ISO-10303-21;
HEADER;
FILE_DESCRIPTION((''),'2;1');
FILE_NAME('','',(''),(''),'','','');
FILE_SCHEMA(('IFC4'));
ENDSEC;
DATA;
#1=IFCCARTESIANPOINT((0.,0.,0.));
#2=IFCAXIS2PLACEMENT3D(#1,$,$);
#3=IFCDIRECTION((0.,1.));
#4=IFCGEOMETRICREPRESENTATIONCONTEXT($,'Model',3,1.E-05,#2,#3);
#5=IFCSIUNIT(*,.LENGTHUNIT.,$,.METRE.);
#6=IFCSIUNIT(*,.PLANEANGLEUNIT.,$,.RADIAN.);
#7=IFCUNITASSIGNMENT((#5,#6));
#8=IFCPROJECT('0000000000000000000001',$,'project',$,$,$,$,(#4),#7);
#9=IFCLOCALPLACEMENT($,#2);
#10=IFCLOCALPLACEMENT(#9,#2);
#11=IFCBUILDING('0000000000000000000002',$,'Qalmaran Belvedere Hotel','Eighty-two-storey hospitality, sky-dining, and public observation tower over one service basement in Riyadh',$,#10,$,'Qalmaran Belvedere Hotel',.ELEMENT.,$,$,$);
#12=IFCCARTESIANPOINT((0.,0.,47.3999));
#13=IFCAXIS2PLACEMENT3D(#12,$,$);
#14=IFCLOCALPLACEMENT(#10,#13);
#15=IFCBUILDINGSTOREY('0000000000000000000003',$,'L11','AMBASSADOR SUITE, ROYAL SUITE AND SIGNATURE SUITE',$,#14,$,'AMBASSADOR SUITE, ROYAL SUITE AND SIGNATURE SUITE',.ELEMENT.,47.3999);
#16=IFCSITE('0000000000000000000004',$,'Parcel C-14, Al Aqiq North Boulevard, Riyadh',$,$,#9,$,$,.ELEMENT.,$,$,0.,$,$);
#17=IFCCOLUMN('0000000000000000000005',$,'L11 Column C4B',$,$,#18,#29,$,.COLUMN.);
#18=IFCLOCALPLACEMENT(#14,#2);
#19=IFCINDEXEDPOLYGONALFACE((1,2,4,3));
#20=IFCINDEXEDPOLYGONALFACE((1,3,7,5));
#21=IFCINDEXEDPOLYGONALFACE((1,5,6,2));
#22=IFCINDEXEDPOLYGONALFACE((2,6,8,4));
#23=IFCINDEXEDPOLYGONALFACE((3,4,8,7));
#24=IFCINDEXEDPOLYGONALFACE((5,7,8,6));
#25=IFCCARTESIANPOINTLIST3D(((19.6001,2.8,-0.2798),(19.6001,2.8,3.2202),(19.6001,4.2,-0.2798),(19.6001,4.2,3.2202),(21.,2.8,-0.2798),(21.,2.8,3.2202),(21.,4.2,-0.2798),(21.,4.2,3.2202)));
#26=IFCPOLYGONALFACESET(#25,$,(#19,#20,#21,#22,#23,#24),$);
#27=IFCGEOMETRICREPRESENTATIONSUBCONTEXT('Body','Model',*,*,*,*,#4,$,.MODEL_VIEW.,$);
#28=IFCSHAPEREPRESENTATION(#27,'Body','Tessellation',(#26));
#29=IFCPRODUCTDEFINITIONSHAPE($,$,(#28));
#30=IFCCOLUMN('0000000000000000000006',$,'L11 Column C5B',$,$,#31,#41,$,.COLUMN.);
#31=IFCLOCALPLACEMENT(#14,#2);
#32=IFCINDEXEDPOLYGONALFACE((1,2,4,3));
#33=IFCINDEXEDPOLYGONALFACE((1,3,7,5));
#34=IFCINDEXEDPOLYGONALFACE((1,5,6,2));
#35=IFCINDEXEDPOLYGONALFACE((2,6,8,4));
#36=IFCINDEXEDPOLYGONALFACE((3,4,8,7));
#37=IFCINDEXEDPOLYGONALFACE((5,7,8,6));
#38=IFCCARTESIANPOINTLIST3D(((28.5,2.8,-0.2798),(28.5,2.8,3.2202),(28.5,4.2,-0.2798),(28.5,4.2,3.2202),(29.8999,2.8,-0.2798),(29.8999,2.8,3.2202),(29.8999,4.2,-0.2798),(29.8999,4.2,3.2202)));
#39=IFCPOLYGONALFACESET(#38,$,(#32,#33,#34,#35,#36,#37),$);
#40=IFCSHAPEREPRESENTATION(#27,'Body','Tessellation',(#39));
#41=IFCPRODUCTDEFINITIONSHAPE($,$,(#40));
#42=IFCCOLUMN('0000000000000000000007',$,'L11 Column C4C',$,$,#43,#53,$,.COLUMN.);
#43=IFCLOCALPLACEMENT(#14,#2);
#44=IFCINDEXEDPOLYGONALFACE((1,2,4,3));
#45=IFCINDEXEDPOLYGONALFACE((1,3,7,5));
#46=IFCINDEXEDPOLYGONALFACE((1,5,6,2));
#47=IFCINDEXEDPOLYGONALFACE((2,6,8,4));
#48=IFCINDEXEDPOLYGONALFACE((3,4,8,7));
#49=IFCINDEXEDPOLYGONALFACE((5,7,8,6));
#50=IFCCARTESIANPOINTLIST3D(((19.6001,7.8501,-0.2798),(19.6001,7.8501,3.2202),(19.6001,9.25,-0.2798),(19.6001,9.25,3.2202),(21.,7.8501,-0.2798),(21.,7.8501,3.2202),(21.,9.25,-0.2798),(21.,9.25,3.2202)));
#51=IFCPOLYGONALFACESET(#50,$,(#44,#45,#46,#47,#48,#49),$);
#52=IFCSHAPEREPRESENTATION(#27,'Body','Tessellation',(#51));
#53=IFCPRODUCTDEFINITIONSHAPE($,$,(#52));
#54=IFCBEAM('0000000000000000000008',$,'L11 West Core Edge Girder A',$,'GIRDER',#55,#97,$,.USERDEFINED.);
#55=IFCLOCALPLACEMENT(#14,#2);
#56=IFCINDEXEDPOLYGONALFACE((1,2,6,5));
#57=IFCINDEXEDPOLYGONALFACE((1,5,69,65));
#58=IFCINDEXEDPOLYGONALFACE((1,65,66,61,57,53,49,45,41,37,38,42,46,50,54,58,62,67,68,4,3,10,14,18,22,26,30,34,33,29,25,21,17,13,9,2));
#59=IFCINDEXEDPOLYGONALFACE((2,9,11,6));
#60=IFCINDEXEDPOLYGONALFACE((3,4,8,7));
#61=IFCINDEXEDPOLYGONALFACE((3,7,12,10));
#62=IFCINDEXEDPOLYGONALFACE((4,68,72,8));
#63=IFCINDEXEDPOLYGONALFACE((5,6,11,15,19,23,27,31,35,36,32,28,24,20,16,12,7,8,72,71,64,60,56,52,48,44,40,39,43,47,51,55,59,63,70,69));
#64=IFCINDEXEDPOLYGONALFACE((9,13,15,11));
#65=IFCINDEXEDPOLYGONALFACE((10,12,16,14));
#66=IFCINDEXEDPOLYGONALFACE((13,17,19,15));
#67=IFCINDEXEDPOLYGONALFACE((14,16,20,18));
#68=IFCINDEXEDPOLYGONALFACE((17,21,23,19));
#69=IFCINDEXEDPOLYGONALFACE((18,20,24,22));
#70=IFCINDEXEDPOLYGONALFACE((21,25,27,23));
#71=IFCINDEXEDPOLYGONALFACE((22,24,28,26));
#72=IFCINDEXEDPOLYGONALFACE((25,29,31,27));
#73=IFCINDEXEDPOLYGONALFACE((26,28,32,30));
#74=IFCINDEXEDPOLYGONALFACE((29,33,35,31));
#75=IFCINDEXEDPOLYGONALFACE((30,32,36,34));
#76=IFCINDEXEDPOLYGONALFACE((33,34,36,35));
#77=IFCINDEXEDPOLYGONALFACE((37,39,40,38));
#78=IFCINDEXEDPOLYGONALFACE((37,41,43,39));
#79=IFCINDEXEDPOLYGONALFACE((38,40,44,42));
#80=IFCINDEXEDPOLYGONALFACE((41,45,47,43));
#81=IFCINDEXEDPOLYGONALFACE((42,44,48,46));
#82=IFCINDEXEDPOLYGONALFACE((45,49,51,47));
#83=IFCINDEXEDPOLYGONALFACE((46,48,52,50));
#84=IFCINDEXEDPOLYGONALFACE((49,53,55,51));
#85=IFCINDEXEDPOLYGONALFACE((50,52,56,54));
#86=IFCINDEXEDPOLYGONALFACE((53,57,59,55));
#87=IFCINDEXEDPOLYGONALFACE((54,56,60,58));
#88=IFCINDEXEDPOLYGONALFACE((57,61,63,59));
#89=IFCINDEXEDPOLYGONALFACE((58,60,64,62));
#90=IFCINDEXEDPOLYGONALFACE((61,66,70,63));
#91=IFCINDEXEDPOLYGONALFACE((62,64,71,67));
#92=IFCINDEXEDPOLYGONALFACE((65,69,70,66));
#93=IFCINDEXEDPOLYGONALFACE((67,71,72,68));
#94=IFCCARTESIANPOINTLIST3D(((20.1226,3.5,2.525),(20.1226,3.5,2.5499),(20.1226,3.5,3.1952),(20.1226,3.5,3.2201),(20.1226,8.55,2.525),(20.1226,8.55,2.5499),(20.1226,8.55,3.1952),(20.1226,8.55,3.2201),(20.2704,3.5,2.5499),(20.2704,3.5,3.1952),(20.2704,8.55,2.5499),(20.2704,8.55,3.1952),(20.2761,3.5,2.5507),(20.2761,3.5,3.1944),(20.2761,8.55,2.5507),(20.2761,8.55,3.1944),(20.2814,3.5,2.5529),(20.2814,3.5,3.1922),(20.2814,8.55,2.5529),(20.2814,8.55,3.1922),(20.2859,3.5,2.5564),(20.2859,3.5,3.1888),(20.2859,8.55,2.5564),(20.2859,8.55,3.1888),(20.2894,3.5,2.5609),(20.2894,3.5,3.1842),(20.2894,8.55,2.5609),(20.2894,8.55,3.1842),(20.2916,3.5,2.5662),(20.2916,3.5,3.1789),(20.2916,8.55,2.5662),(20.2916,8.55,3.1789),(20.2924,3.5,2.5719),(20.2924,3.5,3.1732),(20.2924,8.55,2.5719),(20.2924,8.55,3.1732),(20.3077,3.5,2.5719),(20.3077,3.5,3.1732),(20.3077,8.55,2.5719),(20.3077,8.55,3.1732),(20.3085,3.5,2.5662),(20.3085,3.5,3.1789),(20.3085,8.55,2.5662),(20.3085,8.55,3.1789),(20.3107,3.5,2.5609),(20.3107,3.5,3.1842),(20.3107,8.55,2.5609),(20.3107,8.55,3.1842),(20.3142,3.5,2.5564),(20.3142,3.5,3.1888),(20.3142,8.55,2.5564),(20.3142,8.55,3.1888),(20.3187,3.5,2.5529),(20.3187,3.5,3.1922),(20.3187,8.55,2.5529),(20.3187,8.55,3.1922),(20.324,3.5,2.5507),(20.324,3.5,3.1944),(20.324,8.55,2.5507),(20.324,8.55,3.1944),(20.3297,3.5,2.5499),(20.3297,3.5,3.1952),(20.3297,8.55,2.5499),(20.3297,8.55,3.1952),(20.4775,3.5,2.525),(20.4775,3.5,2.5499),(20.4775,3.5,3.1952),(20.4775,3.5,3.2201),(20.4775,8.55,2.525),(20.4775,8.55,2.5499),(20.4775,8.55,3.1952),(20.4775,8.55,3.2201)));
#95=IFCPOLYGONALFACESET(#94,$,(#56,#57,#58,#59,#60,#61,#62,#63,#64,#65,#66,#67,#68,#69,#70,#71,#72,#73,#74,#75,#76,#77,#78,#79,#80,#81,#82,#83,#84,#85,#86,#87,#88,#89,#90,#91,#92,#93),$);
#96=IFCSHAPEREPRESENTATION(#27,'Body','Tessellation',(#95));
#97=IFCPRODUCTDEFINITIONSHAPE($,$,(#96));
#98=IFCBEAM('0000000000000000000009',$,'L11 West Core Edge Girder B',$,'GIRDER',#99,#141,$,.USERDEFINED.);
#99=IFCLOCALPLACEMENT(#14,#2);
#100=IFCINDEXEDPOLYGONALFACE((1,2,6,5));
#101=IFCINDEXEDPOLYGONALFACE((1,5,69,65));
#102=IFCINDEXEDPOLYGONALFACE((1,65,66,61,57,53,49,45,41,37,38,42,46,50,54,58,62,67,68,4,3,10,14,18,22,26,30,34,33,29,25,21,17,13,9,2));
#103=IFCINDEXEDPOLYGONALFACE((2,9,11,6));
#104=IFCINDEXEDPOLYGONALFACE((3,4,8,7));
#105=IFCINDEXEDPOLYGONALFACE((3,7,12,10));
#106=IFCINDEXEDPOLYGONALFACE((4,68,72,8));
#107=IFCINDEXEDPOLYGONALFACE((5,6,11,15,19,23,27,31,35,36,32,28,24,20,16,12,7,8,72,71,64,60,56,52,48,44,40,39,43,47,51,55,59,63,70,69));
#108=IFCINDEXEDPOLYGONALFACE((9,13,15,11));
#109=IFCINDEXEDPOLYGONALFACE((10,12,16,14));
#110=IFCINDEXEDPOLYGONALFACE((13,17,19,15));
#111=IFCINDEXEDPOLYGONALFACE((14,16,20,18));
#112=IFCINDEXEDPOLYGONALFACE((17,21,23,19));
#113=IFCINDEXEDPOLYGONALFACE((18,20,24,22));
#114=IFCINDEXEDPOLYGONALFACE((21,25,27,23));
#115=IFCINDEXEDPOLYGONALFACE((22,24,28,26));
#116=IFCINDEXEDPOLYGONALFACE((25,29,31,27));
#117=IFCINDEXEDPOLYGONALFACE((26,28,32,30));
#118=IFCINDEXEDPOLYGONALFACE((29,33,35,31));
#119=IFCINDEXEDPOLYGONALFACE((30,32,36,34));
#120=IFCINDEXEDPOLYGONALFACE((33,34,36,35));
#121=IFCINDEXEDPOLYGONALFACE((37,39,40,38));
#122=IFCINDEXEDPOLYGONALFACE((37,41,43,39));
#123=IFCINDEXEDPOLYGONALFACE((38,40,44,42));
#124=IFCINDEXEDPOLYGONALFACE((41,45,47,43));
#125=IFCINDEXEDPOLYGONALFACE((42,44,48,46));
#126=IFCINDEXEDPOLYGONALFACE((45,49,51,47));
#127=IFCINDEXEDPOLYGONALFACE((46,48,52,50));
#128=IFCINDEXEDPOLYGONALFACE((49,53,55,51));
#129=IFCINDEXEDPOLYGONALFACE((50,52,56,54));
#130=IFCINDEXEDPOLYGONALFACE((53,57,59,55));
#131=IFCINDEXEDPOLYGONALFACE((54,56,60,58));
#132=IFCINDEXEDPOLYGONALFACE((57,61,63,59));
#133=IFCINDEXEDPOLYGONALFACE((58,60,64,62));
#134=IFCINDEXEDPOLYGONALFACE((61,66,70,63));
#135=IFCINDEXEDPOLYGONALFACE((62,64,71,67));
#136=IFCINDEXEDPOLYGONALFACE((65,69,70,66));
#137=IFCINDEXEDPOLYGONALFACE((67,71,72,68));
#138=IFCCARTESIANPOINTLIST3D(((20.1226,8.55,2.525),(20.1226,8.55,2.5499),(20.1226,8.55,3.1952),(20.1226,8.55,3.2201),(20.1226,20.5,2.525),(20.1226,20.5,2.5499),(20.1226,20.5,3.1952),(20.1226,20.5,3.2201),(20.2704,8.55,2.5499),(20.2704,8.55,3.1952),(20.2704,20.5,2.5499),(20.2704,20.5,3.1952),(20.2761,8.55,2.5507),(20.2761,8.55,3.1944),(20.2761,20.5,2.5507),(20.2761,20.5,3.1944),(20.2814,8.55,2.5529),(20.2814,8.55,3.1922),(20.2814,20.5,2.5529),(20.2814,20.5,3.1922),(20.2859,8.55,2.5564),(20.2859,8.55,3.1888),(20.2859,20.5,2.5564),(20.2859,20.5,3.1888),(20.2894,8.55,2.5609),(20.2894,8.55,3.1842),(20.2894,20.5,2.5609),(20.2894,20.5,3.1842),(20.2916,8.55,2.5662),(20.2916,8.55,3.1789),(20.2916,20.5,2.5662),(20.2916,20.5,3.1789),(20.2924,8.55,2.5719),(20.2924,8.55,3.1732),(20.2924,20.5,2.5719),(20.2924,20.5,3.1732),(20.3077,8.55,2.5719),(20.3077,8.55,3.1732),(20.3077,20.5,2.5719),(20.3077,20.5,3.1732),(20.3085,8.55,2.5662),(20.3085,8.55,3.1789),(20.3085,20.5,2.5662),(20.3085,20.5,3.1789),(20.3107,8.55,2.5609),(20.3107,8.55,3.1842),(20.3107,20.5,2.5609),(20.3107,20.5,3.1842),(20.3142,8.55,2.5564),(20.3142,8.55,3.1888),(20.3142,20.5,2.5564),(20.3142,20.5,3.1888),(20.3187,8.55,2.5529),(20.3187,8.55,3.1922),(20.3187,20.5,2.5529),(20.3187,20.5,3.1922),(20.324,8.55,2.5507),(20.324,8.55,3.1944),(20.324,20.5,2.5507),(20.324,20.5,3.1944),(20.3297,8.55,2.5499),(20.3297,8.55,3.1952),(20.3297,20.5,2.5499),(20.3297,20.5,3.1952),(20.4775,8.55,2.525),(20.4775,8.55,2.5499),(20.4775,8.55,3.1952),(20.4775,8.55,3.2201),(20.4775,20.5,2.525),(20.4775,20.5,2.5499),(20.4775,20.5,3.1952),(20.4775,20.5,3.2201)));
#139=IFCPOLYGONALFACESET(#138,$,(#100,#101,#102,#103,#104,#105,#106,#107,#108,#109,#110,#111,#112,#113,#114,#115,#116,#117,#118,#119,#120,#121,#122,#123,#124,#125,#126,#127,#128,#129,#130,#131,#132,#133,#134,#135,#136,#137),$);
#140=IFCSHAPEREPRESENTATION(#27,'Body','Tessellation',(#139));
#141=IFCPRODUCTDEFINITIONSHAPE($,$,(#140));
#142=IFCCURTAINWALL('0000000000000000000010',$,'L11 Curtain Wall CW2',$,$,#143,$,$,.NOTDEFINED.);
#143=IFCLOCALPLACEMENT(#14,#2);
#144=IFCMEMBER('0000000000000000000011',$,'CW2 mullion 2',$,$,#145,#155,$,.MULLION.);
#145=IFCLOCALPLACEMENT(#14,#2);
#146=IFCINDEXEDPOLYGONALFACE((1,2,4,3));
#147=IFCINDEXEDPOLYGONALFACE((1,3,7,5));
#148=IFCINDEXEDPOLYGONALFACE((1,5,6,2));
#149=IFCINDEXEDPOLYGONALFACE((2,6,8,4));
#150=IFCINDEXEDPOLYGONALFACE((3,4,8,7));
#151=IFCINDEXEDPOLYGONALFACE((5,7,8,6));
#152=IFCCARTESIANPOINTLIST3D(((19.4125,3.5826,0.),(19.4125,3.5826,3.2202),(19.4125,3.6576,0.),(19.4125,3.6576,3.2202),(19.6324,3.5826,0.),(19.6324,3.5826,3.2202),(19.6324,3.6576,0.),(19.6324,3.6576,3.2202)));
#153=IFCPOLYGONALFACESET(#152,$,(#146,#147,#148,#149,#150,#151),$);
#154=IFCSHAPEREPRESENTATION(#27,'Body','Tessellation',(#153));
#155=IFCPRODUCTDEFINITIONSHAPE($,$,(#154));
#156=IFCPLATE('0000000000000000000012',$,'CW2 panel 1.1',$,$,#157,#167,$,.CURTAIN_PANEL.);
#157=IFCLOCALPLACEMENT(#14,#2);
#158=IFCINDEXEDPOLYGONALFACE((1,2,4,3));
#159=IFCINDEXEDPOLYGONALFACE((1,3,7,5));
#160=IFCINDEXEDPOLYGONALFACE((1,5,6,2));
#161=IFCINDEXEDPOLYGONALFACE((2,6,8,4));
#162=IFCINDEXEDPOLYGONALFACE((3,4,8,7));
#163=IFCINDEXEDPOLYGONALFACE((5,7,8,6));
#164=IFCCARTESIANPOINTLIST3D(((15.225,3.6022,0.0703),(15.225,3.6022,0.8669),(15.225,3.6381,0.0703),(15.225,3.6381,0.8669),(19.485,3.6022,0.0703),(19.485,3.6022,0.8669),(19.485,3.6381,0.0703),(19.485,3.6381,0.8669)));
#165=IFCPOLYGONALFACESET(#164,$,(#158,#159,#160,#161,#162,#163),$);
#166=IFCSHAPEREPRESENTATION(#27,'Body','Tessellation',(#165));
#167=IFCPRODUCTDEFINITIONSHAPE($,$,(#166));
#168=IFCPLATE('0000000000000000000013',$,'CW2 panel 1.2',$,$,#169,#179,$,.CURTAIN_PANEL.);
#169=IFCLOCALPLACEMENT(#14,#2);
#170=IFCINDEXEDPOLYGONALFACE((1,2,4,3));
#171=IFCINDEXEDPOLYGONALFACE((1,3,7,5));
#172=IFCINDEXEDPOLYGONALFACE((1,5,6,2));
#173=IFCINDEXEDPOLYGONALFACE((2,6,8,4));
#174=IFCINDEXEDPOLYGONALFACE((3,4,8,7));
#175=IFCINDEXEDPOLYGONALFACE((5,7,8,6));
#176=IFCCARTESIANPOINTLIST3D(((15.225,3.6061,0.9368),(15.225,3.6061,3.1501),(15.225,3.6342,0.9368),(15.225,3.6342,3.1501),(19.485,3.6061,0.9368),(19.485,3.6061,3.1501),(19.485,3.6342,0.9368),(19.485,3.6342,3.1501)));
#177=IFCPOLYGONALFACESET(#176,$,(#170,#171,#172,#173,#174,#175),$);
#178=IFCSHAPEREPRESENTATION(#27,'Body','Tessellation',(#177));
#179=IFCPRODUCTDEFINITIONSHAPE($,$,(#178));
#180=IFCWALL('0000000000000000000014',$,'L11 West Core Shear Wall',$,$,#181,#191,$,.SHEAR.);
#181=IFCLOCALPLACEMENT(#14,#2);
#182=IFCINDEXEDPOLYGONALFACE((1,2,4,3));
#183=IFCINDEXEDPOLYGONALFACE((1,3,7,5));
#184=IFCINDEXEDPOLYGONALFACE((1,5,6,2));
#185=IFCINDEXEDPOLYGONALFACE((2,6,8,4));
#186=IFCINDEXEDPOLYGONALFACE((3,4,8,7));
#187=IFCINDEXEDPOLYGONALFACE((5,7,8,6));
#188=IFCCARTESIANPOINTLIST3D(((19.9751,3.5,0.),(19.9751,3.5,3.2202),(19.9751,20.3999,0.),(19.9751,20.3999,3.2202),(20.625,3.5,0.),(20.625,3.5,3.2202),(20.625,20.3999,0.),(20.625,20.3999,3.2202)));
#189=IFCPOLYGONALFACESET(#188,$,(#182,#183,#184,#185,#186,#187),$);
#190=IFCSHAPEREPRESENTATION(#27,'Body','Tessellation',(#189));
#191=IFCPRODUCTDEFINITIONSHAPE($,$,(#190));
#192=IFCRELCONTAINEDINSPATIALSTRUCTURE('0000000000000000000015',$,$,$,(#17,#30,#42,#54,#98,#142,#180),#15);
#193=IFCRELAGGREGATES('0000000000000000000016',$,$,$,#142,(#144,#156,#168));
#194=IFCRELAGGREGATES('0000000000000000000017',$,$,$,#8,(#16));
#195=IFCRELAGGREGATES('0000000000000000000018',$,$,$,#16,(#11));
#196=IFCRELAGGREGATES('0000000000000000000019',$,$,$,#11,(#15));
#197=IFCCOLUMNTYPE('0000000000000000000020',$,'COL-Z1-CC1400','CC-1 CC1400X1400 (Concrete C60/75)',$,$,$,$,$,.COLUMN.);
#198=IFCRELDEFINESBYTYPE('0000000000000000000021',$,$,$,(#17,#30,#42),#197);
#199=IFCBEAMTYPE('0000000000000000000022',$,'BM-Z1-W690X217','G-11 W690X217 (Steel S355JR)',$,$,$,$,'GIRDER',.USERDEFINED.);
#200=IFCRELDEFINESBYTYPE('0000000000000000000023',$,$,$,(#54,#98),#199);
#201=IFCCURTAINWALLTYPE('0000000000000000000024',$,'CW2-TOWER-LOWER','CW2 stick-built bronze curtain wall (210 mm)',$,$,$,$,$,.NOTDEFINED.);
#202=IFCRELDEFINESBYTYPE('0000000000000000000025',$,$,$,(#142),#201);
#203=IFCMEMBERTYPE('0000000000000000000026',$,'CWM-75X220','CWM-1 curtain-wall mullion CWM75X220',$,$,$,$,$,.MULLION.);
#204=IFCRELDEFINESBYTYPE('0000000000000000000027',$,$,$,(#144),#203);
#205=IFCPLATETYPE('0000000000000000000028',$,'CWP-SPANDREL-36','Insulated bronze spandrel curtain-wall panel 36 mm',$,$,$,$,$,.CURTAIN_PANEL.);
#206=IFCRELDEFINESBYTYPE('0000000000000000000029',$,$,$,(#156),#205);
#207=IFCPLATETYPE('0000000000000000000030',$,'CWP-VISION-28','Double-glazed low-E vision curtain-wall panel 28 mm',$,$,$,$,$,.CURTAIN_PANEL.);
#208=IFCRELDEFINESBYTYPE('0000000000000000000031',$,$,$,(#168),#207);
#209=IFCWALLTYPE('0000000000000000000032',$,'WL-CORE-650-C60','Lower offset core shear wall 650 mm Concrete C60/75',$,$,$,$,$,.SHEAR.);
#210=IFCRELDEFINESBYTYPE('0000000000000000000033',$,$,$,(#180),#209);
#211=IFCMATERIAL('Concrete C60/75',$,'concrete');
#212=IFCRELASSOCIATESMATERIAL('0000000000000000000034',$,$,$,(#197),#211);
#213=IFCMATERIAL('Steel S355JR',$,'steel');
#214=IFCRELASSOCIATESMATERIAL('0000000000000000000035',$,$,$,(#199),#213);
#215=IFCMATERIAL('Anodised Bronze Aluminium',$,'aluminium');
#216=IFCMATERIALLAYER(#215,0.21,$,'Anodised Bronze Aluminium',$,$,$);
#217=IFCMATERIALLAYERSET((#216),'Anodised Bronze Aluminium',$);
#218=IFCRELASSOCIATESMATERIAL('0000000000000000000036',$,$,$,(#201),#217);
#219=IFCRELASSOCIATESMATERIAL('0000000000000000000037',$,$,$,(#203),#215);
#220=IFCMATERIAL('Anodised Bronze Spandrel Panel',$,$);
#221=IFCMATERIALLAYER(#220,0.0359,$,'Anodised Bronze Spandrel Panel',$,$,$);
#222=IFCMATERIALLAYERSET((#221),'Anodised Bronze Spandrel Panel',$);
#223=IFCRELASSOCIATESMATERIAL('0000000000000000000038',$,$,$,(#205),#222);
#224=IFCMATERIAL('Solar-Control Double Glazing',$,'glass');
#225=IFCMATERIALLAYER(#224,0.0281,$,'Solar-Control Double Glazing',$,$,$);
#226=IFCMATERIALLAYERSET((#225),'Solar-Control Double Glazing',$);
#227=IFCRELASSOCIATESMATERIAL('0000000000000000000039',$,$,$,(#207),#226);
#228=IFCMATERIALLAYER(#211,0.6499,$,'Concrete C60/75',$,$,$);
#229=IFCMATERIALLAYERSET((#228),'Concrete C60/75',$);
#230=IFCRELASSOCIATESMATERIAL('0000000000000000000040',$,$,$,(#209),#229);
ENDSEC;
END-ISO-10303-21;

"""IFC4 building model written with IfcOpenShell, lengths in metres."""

from ifc_helpers import new_model, si_unit, direction, frame, frame_2d, origin, origin_2d, place, context, subcontext, project, spatial, rectangle, i_section, extrude, material, layer, layer_set, material_profile, profile_set, type_object, element, aggregate, save


model = new_model("IFC4")

# Units and contexts
model_context = context("Model", 3, precision=1e-05, world=origin(), true_north=direction((0.0, 1.0)))
body_context = subcontext(model_context, "Body", "Model", "MODEL_VIEW")
ifc_project = project(units=[si_unit("LENGTHUNIT", "METRE"), si_unit("PLANEANGLEUNIT", "RADIAN")], contexts=[model_context])

# Site, building, storey
site_placement = place(None, origin())
site = spatial("IfcSite", under=ifc_project, at=site_placement, Name="Parcel C-14, Al Aqiq North Boulevard, Riyadh", CompositionType="ELEMENT", RefElevation=0.0)
building_placement = place(site_placement, origin())
building = spatial("IfcBuilding", under=site, at=building_placement, Name="Qalmaran Belvedere Hotel", Description="Eighty-two-storey hospitality, sky-dining, and public observation tower over one service basement in Riyadh", LongName="Qalmaran Belvedere Hotel", CompositionType="ELEMENT")
storey_placement = place(building_placement, frame((0.0, 0.0, 47.3999)))
storey = spatial("IfcBuildingStorey", under=building, at=storey_placement, Name="L11", Description="AMBASSADOR SUITE, ROYAL SUITE AND SIGNATURE SUITE", LongName="AMBASSADOR SUITE, ROYAL SUITE AND SIGNATURE SUITE", CompositionType="ELEMENT", Elevation=47.3999)

# Columns
ifc_material_1 = material(Name="Concrete C60/75", Category="concrete")
ifc_material_profile_1 = material_profile(ifc_material_1, rectangle(XDim=1.3999, YDim=1.3999, at=origin_2d()), Name="CC1400X1400")
ifc_profile_set_1 = profile_set([ifc_material_profile_1], Name="Concrete C60/75")
column_type = type_object("IfcColumnType", Name="COL-Z1-CC1400", Description="CC-1 CC1400X1400 (Concrete C60/75)", PredefinedType="COLUMN", material=ifc_profile_set_1)
for number, where, z_axis, x_axis, name in (
    (1, (20.3, 3.5, -0.2798), (0.0, 0.0, 1.0), (1.0, 0.0, 0.0), "L11 Column C4B"),
    (2, (29.2, 3.5, -0.2798), (0.0, 0.0, 1.0), (1.0, 0.0, 0.0), "L11 Column C5B"),
    (3, (20.3, 8.55, -0.2798), (0.0, 0.0, 1.0), (1.0, 0.0, 0.0), "L11 Column C4C"),
):
    element("IfcColumn", number, at=place(storey_placement, frame(where, z_axis=z_axis, x_axis=x_axis)), inside=storey, type_object=column_type, Name=name, PredefinedType="COLUMN", context=body_context, shape_type="SweptSolid", body=[
        extrude(rectangle(XDim=1.3999, YDim=1.3999, at=origin_2d()), origin(), (0.0, 0.0, 1.0), 3.5),
    ])

# Beams
ifc_material_2 = material(Name="Steel S355JR", Category="steel")
ifc_material_profile_2 = material_profile(ifc_material_2, i_section(OverallWidth=0.355, OverallDepth=0.6951, WebThickness=0.0154, FlangeThickness=0.0249, FilletRadius=0.022, at=origin_2d()), Name="W690X217")
ifc_profile_set_2 = profile_set([ifc_material_profile_2], Name="Steel S355JR")
beam_type = type_object("IfcBeamType", Name="BM-Z1-W690X217", Description="G-11 W690X217 (Steel S355JR)", ElementType="GIRDER", PredefinedType="USERDEFINED", material=ifc_profile_set_2)
beam_1_placement = place(storey_placement, frame((20.3, 3.5, 2.8726), z_axis=(0.0, 1.0, 0.0), x_axis=(-1.0, 0.0, 0.0)))
element("IfcBeam", 4, at=beam_1_placement, inside=storey, type_object=beam_type, Name="L11 West Core Edge Girder A", ObjectType="GIRDER", PredefinedType="USERDEFINED", context=body_context, shape_type="SweptSolid", body=[
    extrude(i_section(OverallWidth=0.355, OverallDepth=0.6951, WebThickness=0.0154, FlangeThickness=0.0249, FilletRadius=0.022, at=origin_2d()), origin(), (0.0, 0.0, 1.0), 5.05),
])
beam_2_placement = place(storey_placement, frame((20.3, 8.55, 2.8726), z_axis=(0.0, 1.0, 0.0), x_axis=(-1.0, 0.0, 0.0)))
element("IfcBeam", 5, at=beam_2_placement, inside=storey, type_object=beam_type, Name="L11 West Core Edge Girder B", ObjectType="GIRDER", PredefinedType="USERDEFINED", context=body_context, shape_type="SweptSolid", body=[
    extrude(i_section(OverallWidth=0.355, OverallDepth=0.6951, WebThickness=0.0154, FlangeThickness=0.0249, FilletRadius=0.022, at=origin_2d()), origin(), (0.0, 0.0, 1.0), 11.95),
])

# Curtain wall, member, plates
ifc_material_3 = material(Name="Anodised Bronze Aluminium", Category="aluminium")
ifc_layer_1 = layer(ifc_material_3, 0.21, Name="Anodised Bronze Aluminium")
ifc_layer_set_1 = layer_set([ifc_layer_1], Name="Anodised Bronze Aluminium")
curtain_wall_type = type_object("IfcCurtainWallType", Name="CW2-TOWER-LOWER", Description="CW2 stick-built bronze curtain wall (210 mm)", PredefinedType="NOTDEFINED", material=ifc_layer_set_1)
curtain_wall_placement = place(storey_placement, origin())
curtain_wall = element("IfcCurtainWall", 6, at=curtain_wall_placement, inside=storey, type_object=curtain_wall_type, Name="L11 Curtain Wall CW2", PredefinedType="NOTDEFINED")
ifc_material_profile_3 = material_profile(ifc_material_3, rectangle(XDim=0.075, YDim=0.22, at=origin_2d()), Name="CWM75X220")
ifc_profile_set_3 = profile_set([ifc_material_profile_3], Name="Anodised Bronze Aluminium")
member_type = type_object("IfcMemberType", Name="CWM-75X220", Description="CWM-1 curtain-wall mullion CWM75X220", PredefinedType="MULLION", material=ifc_profile_set_3)
member_placement = place(storey_placement, frame((19.5225, 3.6201, 0.0), z_axis=(0.0, 0.0, 1.0), x_axis=(0.0, 1.0, 0.0)))
member = element("IfcMember", 7, at=member_placement, type_object=member_type, Name="CW2 mullion 2", PredefinedType="MULLION", context=body_context, shape_type="SweptSolid", body=[
    extrude(rectangle(XDim=0.075, YDim=0.22, at=origin_2d()), origin(), (0.0, 0.0, 1.0), 3.2202),
])
ifc_material_4 = material(Name="Anodised Bronze Spandrel Panel")
ifc_layer_2 = layer(ifc_material_4, 0.0359, Name="Anodised Bronze Spandrel Panel")
ifc_layer_set_2 = layer_set([ifc_layer_2], Name="Anodised Bronze Spandrel Panel")
plate_type_1 = type_object("IfcPlateType", Name="CWP-SPANDREL-36", Description="Insulated bronze spandrel curtain-wall panel 36 mm", PredefinedType="CURTAIN_PANEL", material=ifc_layer_set_2)
plate_1_placement = place(storey_placement, frame((17.355, 3.6201, 0.0703), z_axis=(0.0, 0.0, 1.0), x_axis=(1.0, 0.0, 0.0)))
plate_1 = element("IfcPlate", 8, at=plate_1_placement, type_object=plate_type_1, Name="CW2 panel 1.1", PredefinedType="CURTAIN_PANEL", context=body_context, shape_type="SweptSolid", body=[
    extrude(rectangle(XDim=4.26, YDim=0.0359, at=origin_2d()), origin(), (0.0, 0.0, 1.0), 0.7966),
])
ifc_material_5 = material(Name="Solar-Control Double Glazing", Category="glass")
ifc_layer_3 = layer(ifc_material_5, 0.0281, Name="Solar-Control Double Glazing")
ifc_layer_set_3 = layer_set([ifc_layer_3], Name="Solar-Control Double Glazing")
plate_type_2 = type_object("IfcPlateType", Name="CWP-VISION-28", Description="Double-glazed low-E vision curtain-wall panel 28 mm", PredefinedType="CURTAIN_PANEL", material=ifc_layer_set_3)
plate_2_placement = place(storey_placement, frame((17.355, 3.6201, 0.9368), z_axis=(0.0, 0.0, 1.0), x_axis=(1.0, 0.0, 0.0)))
plate_2 = element("IfcPlate", 9, at=plate_2_placement, type_object=plate_type_2, Name="CW2 panel 1.2", PredefinedType="CURTAIN_PANEL", context=body_context, shape_type="SweptSolid", body=[
    extrude(rectangle(XDim=4.26, YDim=0.0281, at=origin_2d()), origin(), (0.0, 0.0, 1.0), 2.2134),
])
aggregate(curtain_wall, [member, plate_1, plate_2])

# Wall
ifc_layer_4 = layer(ifc_material_1, 0.6499, Name="Concrete C60/75")
ifc_layer_set_4 = layer_set([ifc_layer_4], Name="Concrete C60/75")
wall_type_1 = type_object("IfcWallType", Name="WL-CORE-650-C60", Description="Lower offset core shear wall 650 mm Concrete C60/75", PredefinedType="SHEAR", material=ifc_layer_set_4)
wall_1_placement = place(storey_placement, frame((20.3, 3.5, 0.0), z_axis=(0.0, 0.0, 1.0), x_axis=(0.0, 1.0, 0.0)))
element("IfcWall", 10, at=wall_1_placement, inside=storey, type_object=wall_type_1, Name="L11 West Core Shear Wall", PredefinedType="SHEAR", context=body_context, shape_type="SweptSolid", body=[
    extrude(rectangle(XDim=16.8999, YDim=0.6499, at=frame_2d((8.45, 0.0))), origin(), (0.0, 0.0, 1.0), 3.2202),
])

save(model, "model.ifc")
